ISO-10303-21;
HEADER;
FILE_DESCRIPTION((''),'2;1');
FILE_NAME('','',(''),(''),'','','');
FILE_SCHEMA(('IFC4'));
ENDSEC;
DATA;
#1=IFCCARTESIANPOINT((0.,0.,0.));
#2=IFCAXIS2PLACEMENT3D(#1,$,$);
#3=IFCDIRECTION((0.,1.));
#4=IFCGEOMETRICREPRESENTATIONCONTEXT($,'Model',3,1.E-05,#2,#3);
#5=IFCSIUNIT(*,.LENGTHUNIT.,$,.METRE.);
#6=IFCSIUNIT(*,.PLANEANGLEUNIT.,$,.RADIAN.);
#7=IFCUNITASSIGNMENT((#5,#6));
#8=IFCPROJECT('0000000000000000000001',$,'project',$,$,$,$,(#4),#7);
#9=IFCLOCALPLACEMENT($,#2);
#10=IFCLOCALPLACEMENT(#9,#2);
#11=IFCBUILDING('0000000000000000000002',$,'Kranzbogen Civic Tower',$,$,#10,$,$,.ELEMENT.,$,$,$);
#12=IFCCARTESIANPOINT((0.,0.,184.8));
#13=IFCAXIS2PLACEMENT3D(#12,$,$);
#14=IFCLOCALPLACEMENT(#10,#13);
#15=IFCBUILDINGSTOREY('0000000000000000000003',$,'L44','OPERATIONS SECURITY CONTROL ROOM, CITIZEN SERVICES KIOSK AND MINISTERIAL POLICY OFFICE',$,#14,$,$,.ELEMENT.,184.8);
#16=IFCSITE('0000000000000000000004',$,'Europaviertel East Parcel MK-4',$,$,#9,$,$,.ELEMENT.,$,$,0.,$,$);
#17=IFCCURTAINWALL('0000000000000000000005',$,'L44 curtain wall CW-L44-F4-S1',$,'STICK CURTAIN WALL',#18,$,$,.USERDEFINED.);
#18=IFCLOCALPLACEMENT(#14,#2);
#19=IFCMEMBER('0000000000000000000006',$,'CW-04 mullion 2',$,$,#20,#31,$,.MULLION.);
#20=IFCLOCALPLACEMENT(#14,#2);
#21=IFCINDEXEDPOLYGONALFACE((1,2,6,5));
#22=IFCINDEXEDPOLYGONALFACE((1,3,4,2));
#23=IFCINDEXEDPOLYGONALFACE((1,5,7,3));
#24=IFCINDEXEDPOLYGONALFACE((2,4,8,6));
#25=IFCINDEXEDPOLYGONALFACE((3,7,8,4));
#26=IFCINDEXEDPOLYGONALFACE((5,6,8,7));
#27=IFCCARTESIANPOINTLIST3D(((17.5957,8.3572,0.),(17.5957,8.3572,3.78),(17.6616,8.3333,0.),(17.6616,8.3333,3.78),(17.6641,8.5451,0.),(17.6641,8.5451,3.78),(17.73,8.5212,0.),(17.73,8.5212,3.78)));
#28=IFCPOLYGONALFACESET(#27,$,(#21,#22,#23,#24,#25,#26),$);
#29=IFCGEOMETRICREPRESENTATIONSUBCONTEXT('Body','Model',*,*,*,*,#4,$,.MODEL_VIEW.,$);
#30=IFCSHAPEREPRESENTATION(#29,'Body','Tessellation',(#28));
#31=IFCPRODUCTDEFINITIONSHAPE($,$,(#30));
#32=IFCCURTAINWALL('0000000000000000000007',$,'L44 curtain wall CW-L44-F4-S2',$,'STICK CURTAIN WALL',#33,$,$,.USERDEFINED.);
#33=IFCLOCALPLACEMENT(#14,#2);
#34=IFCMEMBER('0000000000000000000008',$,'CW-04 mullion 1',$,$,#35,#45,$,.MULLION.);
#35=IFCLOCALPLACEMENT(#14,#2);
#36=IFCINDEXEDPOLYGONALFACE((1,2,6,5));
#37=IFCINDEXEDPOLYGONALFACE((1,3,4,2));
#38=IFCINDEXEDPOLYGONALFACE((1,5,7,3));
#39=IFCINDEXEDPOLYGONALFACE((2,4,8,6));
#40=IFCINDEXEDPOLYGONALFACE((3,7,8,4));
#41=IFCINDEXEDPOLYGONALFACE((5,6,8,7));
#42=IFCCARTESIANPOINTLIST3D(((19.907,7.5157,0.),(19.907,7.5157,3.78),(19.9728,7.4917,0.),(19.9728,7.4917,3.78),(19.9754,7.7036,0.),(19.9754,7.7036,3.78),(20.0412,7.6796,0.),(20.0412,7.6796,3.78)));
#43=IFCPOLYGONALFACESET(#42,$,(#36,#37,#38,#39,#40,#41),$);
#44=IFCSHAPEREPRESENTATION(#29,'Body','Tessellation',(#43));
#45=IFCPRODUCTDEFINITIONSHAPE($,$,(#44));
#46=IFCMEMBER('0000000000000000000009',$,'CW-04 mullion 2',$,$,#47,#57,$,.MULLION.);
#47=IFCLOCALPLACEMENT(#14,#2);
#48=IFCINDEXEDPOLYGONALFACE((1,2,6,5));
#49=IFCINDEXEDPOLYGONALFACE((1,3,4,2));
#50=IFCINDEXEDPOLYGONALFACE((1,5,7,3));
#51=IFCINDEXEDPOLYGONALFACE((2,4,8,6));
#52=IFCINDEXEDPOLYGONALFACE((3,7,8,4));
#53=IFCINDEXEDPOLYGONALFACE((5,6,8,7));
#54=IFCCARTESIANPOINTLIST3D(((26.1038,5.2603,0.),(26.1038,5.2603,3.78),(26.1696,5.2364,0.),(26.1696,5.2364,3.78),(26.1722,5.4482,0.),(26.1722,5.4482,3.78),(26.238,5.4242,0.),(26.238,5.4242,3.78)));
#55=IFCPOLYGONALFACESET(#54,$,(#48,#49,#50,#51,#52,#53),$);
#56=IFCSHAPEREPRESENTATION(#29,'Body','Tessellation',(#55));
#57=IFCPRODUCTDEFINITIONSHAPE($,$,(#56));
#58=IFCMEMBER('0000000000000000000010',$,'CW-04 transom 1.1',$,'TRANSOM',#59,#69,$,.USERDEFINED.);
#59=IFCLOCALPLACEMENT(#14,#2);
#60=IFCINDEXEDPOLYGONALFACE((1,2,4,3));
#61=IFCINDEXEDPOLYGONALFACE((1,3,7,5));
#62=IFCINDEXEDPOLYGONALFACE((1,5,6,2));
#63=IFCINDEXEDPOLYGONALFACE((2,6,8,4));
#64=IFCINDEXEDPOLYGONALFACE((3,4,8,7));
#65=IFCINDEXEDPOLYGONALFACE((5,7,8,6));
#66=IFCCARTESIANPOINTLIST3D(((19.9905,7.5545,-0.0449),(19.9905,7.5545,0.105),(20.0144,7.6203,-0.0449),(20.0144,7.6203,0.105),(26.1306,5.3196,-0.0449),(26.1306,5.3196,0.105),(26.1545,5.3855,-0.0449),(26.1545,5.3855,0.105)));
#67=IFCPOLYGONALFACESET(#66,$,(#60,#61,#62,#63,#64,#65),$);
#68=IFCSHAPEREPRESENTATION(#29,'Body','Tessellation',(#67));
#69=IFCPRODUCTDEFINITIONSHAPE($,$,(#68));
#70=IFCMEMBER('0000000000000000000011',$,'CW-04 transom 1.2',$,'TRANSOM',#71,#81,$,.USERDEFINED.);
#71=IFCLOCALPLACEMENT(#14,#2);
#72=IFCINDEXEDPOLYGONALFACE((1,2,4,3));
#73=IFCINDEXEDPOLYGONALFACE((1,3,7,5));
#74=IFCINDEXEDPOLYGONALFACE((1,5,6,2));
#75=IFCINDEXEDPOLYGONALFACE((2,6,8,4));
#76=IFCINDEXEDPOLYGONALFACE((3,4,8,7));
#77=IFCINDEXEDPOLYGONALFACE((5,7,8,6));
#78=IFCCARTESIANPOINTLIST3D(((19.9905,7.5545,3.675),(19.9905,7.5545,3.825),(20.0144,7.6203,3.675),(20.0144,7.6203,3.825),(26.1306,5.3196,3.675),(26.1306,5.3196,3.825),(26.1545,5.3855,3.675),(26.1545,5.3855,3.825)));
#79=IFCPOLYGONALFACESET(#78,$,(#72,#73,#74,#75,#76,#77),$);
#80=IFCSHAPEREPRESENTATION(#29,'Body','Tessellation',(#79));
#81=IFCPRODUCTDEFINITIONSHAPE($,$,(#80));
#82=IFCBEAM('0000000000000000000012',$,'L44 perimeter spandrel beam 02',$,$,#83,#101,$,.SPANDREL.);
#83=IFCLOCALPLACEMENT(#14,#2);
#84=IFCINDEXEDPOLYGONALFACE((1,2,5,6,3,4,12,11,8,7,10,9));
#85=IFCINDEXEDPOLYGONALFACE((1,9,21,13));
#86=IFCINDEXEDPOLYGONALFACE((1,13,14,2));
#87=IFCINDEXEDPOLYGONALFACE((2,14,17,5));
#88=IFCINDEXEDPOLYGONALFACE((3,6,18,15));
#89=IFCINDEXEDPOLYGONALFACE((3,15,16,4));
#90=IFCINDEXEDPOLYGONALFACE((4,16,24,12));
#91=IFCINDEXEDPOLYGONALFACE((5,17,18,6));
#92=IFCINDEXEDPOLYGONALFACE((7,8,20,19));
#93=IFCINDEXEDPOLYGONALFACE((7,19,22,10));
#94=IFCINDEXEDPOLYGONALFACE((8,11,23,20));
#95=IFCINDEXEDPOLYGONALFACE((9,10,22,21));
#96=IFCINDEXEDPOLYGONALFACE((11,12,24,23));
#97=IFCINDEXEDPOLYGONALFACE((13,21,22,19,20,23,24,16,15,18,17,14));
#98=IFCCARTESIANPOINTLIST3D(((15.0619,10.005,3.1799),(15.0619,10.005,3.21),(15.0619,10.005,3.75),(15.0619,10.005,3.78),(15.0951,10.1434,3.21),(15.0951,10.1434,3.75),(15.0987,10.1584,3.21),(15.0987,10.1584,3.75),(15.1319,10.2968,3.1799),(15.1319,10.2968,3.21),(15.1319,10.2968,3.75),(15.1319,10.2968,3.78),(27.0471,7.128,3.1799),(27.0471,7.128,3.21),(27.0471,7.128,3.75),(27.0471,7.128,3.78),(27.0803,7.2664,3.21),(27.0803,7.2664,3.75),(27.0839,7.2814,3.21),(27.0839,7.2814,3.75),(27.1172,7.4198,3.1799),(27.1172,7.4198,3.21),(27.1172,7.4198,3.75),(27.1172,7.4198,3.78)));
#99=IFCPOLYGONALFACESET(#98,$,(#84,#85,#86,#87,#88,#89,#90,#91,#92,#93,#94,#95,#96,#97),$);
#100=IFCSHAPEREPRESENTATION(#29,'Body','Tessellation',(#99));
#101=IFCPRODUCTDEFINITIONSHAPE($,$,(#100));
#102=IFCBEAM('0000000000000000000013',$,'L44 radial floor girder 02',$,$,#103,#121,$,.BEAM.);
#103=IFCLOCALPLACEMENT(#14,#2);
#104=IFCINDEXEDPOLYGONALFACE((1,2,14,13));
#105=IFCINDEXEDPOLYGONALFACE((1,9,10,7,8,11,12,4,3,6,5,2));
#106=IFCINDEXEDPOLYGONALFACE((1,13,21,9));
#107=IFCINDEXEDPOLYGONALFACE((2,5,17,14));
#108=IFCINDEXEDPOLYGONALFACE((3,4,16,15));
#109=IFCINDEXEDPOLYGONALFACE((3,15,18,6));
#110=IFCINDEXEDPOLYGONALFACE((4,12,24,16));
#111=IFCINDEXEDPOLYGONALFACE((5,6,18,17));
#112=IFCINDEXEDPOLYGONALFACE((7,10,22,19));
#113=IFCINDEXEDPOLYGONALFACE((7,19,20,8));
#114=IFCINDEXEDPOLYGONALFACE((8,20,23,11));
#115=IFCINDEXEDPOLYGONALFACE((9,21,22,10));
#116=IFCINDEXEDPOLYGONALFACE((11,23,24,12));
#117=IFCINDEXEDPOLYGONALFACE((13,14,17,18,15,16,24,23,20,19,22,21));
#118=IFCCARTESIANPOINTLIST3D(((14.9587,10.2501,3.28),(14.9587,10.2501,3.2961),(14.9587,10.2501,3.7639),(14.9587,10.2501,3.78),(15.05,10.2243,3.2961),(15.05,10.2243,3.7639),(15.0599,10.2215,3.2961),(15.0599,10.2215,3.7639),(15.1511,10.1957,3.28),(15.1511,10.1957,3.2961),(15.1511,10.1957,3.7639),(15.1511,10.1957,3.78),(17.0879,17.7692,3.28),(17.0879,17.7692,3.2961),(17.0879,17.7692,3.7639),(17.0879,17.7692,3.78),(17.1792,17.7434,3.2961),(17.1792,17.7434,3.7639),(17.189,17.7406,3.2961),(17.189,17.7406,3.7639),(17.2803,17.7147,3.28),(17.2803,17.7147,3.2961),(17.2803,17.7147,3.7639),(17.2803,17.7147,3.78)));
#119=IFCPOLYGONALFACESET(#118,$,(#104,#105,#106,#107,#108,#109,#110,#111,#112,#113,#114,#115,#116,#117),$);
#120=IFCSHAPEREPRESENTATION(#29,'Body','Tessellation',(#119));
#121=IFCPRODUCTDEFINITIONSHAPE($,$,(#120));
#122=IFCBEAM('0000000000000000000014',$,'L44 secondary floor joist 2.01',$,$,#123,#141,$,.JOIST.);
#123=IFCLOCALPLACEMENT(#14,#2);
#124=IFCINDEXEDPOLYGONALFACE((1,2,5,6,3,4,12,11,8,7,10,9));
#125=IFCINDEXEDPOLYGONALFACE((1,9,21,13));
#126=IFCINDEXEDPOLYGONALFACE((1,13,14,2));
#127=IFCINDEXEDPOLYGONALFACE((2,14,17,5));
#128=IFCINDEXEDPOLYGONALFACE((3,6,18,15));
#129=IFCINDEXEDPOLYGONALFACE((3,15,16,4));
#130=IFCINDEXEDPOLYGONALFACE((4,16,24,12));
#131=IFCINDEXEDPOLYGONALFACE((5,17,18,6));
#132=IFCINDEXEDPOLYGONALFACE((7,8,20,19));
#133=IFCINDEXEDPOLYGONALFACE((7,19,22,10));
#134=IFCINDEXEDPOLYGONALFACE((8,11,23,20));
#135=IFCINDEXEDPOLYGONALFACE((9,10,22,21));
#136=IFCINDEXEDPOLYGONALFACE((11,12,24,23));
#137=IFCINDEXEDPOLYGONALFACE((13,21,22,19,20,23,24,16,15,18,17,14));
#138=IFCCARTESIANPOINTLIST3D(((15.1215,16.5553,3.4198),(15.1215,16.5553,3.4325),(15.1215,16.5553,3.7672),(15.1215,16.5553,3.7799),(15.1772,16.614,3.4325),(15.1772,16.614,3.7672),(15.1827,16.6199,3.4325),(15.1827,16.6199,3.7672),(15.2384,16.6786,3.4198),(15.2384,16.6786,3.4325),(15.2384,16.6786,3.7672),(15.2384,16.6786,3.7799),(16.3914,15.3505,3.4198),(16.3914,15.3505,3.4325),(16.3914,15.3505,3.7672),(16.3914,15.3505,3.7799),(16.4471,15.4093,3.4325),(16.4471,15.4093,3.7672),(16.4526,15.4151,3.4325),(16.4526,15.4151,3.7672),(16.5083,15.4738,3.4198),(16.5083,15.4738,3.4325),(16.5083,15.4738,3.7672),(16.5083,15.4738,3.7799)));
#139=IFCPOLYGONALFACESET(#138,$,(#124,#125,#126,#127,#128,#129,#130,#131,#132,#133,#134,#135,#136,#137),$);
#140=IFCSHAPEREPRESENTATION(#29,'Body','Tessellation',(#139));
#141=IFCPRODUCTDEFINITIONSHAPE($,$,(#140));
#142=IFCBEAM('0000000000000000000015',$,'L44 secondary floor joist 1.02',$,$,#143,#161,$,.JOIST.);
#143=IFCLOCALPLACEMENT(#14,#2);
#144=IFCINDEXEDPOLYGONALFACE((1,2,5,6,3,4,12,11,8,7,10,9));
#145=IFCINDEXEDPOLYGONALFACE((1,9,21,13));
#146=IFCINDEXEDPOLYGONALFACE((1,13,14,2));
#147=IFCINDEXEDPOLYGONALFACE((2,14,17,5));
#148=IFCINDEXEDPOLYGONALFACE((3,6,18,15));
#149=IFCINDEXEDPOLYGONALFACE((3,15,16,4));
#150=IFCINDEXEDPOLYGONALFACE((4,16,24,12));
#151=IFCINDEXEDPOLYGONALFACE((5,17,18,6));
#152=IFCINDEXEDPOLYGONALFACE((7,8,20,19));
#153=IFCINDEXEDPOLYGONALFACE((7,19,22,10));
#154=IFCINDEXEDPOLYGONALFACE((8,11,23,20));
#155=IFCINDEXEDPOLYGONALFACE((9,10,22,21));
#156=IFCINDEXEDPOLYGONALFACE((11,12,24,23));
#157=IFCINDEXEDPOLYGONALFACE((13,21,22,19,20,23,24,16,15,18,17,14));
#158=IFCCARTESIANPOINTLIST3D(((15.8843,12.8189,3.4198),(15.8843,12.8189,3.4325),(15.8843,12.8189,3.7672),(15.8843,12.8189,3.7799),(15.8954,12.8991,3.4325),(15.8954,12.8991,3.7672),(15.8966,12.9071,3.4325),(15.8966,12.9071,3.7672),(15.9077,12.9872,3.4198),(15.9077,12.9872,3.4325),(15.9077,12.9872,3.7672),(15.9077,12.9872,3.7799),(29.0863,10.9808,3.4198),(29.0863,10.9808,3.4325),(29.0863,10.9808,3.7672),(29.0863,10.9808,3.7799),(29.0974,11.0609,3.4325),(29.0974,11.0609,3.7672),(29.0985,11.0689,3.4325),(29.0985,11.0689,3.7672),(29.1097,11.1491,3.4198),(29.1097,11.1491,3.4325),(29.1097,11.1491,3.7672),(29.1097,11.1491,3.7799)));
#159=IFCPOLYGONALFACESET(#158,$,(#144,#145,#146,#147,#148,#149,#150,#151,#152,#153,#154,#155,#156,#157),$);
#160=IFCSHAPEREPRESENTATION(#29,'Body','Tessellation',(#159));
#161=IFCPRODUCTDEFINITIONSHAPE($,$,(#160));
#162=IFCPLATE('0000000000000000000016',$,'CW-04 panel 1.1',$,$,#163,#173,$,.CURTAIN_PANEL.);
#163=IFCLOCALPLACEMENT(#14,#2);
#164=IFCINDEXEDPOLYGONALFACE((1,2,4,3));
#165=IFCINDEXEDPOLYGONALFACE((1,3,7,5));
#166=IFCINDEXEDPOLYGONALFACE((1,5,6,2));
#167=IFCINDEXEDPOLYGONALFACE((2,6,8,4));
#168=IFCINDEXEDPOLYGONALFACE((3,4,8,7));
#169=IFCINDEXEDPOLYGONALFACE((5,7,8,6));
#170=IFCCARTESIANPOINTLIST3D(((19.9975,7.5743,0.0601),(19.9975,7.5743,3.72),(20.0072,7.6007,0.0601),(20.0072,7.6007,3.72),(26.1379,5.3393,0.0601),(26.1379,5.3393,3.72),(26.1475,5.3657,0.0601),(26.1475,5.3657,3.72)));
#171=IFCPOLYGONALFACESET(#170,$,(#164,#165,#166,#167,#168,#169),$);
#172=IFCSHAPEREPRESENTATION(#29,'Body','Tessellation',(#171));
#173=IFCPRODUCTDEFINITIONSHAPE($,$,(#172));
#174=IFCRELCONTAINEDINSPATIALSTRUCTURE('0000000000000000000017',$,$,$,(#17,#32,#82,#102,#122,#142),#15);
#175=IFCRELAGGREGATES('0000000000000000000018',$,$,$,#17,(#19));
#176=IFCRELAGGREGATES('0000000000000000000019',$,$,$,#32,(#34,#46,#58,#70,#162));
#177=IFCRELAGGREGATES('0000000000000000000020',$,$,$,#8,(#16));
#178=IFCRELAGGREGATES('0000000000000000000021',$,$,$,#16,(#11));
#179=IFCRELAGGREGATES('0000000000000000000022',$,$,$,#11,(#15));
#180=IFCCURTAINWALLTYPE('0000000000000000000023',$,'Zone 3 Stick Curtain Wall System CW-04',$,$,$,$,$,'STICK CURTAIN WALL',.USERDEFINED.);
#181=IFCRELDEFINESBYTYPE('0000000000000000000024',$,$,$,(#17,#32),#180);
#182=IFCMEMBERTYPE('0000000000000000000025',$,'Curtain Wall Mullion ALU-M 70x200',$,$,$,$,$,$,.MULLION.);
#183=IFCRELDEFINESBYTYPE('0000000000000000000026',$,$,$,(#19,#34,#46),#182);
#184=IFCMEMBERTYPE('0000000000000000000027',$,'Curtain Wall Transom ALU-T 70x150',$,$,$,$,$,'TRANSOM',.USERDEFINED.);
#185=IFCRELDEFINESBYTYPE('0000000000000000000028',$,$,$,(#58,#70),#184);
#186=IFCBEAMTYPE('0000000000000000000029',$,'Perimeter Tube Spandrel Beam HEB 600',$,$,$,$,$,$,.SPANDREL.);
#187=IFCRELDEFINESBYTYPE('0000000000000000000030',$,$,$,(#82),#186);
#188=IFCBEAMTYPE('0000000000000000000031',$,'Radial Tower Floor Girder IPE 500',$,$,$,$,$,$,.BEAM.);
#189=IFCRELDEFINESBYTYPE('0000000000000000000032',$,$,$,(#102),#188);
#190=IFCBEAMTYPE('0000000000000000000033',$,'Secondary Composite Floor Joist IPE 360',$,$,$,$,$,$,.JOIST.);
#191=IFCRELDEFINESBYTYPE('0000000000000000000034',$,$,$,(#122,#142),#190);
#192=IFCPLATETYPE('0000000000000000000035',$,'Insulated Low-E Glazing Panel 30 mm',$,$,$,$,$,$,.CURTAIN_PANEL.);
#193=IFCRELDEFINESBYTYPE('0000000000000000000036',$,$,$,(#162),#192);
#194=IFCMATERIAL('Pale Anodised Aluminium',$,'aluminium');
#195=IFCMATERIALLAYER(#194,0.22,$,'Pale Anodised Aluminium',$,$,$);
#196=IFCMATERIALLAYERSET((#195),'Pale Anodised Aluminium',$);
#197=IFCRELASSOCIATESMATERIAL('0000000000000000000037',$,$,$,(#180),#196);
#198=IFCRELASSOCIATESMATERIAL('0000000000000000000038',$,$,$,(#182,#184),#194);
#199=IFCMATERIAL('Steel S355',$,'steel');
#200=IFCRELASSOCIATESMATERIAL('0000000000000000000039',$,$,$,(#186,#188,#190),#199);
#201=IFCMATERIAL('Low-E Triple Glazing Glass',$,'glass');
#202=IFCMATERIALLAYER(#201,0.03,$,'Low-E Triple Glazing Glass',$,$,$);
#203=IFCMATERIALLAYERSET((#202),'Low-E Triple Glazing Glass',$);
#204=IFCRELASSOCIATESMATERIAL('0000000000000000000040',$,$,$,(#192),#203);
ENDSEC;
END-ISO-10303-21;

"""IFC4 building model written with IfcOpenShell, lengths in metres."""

from ifc_helpers import new_model, si_unit, direction, frame, origin, origin_2d, place, context, subcontext, project, spatial, rectangle, i_section, extrude, material, layer, layer_set, material_profile, profile_set, type_object, element, aggregate, save


model = new_model("IFC4")

# Units and contexts
model_context = context("Model", 3, precision=1e-05, world=origin(), true_north=direction((0.0, 1.0)))
body_context = subcontext(model_context, "Body", "Model", "MODEL_VIEW")
ifc_project = project(units=[si_unit("LENGTHUNIT", "METRE"), si_unit("PLANEANGLEUNIT", "RADIAN")], contexts=[model_context])

# Site, building, storey
site_placement = place(None, origin())
site = spatial("IfcSite", under=ifc_project, at=site_placement, Name="Europaviertel East Parcel MK-4", CompositionType="ELEMENT", RefElevation=0.0)
building_placement = place(site_placement, origin())
building = spatial("IfcBuilding", under=site, at=building_placement, Name="Kranzbogen Civic Tower", CompositionType="ELEMENT")
storey_placement = place(building_placement, frame((0.0, 0.0, 184.8)))
storey = spatial("IfcBuildingStorey", under=building, at=storey_placement, Name="L44", Description="OPERATIONS SECURITY CONTROL ROOM, CITIZEN SERVICES KIOSK AND MINISTERIAL POLICY OFFICE", CompositionType="ELEMENT", Elevation=184.8)

# Curtain wall, member
ifc_material_1 = material(Name="Pale Anodised Aluminium", Category="aluminium")
ifc_layer_1 = layer(ifc_material_1, 0.22, Name="Pale Anodised Aluminium")
ifc_layer_set_1 = layer_set([ifc_layer_1], Name="Pale Anodised Aluminium")
curtain_wall_type = type_object("IfcCurtainWallType", Name="Zone 3 Stick Curtain Wall System CW-04", ElementType="STICK CURTAIN WALL", PredefinedType="USERDEFINED", material=ifc_layer_set_1)
curtain_wall_1_placement = place(storey_placement, origin())
curtain_wall_1 = element("IfcCurtainWall", 1, at=curtain_wall_1_placement, inside=storey, type_object=curtain_wall_type, Name="L44 curtain wall CW-L44-F4-S1", ObjectType="STICK CURTAIN WALL", PredefinedType="USERDEFINED")
ifc_material_profile_1 = material_profile(ifc_material_1, rectangle(XDim=0.0701, YDim=0.2, at=origin_2d()), Name="ALU-M 70x200")
ifc_profile_set_1 = profile_set([ifc_material_profile_1], Name="Pale Anodised Aluminium")
member_type_1 = type_object("IfcMemberType", Name="Curtain Wall Mullion ALU-M 70x200", PredefinedType="MULLION", material=ifc_profile_set_1)
member_1_placement = place(storey_placement, frame((17.6628, 8.4392, 0.0), z_axis=(0.0, 0.0, 1.0), x_axis=(0.93967, -0.342081, 0.0)))
member_1 = element("IfcMember", 2, at=member_1_placement, type_object=member_type_1, Name="CW-04 mullion 2", PredefinedType="MULLION", context=body_context, shape_type="SweptSolid", body=[
    extrude(rectangle(XDim=0.0701, YDim=0.2, at=origin_2d()), origin(), (0.0, 0.0, 1.0), 3.78),
])
aggregate(curtain_wall_1, [member_1])

# Curtain wall, members
curtain_wall_2_placement = place(storey_placement, origin())
curtain_wall_2 = element("IfcCurtainWall", 3, at=curtain_wall_2_placement, inside=storey, type_object=curtain_wall_type, Name="L44 curtain wall CW-L44-F4-S2", ObjectType="STICK CURTAIN WALL", PredefinedType="USERDEFINED")
member_2_placement = place(storey_placement, frame((19.9741, 7.5977, 0.0), z_axis=(0.0, 0.0, 1.0), x_axis=(0.939688, -0.342033, 0.0)))
member_2 = element("IfcMember", 4, at=member_2_placement, type_object=member_type_1, Name="CW-04 mullion 1", PredefinedType="MULLION", context=body_context, shape_type="SweptSolid", body=[
    extrude(rectangle(XDim=0.0701, YDim=0.2, at=origin_2d()), origin(), (0.0, 0.0, 1.0), 3.78),
])
member_3_placement = place(storey_placement, frame((26.1709, 5.3423, 0.0), z_axis=(0.0, 0.0, 1.0), x_axis=(0.939688, -0.342033, 0.0)))
member_3 = element("IfcMember", 5, at=member_3_placement, type_object=member_type_1, Name="CW-04 mullion 2", PredefinedType="MULLION", context=body_context, shape_type="SweptSolid", body=[
    extrude(rectangle(XDim=0.0701, YDim=0.2, at=origin_2d()), origin(), (0.0, 0.0, 1.0), 3.78),
])
ifc_material_profile_2 = material_profile(ifc_material_1, rectangle(XDim=0.0701, YDim=0.1499, at=origin_2d()), Name="ALU-T 70x150")
ifc_profile_set_2 = profile_set([ifc_material_profile_2], Name="Pale Anodised Aluminium")
member_type_2 = type_object("IfcMemberType", Name="Curtain Wall Transom ALU-T 70x150", ElementType="TRANSOM", PredefinedType="USERDEFINED", material=ifc_profile_set_2)
member_4_placement = place(storey_placement, frame((20.0024, 7.5874, 0.03), z_axis=(0.939691, -0.342025, 0.0), x_axis=(0.342025, 0.939691, 0.0)))
member_4 = element("IfcMember", 6, at=member_4_placement, type_object=member_type_2, Name="CW-04 transom 1.1", ObjectType="TRANSOM", PredefinedType="USERDEFINED", context=body_context, shape_type="SweptSolid", body=[
    extrude(rectangle(XDim=0.0701, YDim=0.1499, at=origin_2d()), origin(), (0.0, 0.0, 1.0), 6.5342),
])
member_5_placement = place(storey_placement, frame((20.0024, 7.5874, 3.75), z_axis=(0.939691, -0.342025, 0.0), x_axis=(0.342025, 0.939691, 0.0)))
member_5 = element("IfcMember", 7, at=member_5_placement, type_object=member_type_2, Name="CW-04 transom 1.2", ObjectType="TRANSOM", PredefinedType="USERDEFINED", context=body_context, shape_type="SweptSolid", body=[
    extrude(rectangle(XDim=0.0701, YDim=0.1499, at=origin_2d()), origin(), (0.0, 0.0, 1.0), 6.5342),
])

# Beams
ifc_material_2 = material(Name="Steel S355", Category="steel")
ifc_material_profile_3 = material_profile(ifc_material_2, i_section(OverallWidth=0.3, OverallDepth=0.6001, WebThickness=0.0154, FlangeThickness=0.03, at=origin_2d()), Name="HEB 600")
ifc_profile_set_3 = profile_set([ifc_material_profile_3], Name="Steel S355")
beam_type_1 = type_object("IfcBeamType", Name="Perimeter Tube Spandrel Beam HEB 600", PredefinedType="SPANDREL", material=ifc_profile_set_3)
beam_1_placement = place(storey_placement, frame((15.0969, 10.1509, 3.48), z_axis=(0.972378, -0.233413, 0.0), x_axis=(0.233413, 0.972378, 0.0)))
element("IfcBeam", 8, at=beam_1_placement, inside=storey, type_object=beam_type_1, Name="L44 perimeter spandrel beam 02", PredefinedType="SPANDREL", context=body_context, shape_type="SweptSolid", body=[
    extrude(i_section(OverallWidth=0.3, OverallDepth=0.6001, WebThickness=0.0154, FlangeThickness=0.03, at=origin_2d()), origin(), (0.0, 0.0, 1.0), 12.3257),
])
ifc_material_profile_4 = material_profile(ifc_material_2, i_section(OverallWidth=0.2, OverallDepth=0.5, WebThickness=0.0103, FlangeThickness=0.0161, at=origin_2d()), Name="IPE 500")
ifc_profile_set_4 = profile_set([ifc_material_profile_4], Name="Steel S355")
beam_type_2 = type_object("IfcBeamType", Name="Radial Tower Floor Girder IPE 500", PredefinedType="BEAM", material=ifc_profile_set_4)
beam_2_placement = place(storey_placement, frame((15.0549, 10.2229, 3.53), z_axis=(0.272455, 0.962169, 0.0), x_axis=(-0.962169, 0.272455, 0.0)))
element("IfcBeam", 9, at=beam_2_placement, inside=storey, type_object=beam_type_2, Name="L44 radial floor girder 02", PredefinedType="BEAM", context=body_context, shape_type="SweptSolid", body=[
    extrude(i_section(OverallWidth=0.2, OverallDepth=0.5, WebThickness=0.0103, FlangeThickness=0.0161, at=origin_2d()), origin(), (0.0, 0.0, 1.0), 7.8147),
])
ifc_material_profile_5 = material_profile(ifc_material_2, i_section(OverallWidth=0.1699, OverallDepth=0.3601, WebThickness=0.0081, FlangeThickness=0.0127, at=origin_2d()), Name="IPE 360")
ifc_profile_set_5 = profile_set([ifc_material_profile_5], Name="Steel S355")
beam_type_3 = type_object("IfcBeamType", Name="Secondary Composite Floor Joist IPE 360", PredefinedType="JOIST", material=ifc_profile_set_5)
beam_3_placement = place(storey_placement, frame((15.1799, 16.6169, 3.5999), z_axis=(0.72548, -0.688243, 0.0), x_axis=(0.688243, 0.72548, 0.0)))
element("IfcBeam", 10, at=beam_3_placement, inside=storey, type_object=beam_type_3, Name="L44 secondary floor joist 2.01", PredefinedType="JOIST", context=body_context, shape_type="SweptSolid", body=[
    extrude(i_section(OverallWidth=0.1699, OverallDepth=0.3601, WebThickness=0.0081, FlangeThickness=0.0127, at=origin_2d()), origin(), (0.0, 0.0, 1.0), 1.7505),
])
beam_4_placement = place(storey_placement, frame((15.896, 12.9031, 3.5999), z_axis=(0.990446, -0.137902, 0.0), x_axis=(0.137902, 0.990446, 0.0)))
element("IfcBeam", 11, at=beam_4_placement, inside=storey, type_object=beam_type_3, Name="L44 secondary floor joist 1.02", PredefinedType="JOIST", context=body_context, shape_type="SweptSolid", body=[
    extrude(i_section(OverallWidth=0.1699, OverallDepth=0.3601, WebThickness=0.0081, FlangeThickness=0.0127, at=origin_2d()), origin(), (0.0, 0.0, 1.0), 13.3293),
])

# Plate
ifc_material_3 = material(Name="Low-E Triple Glazing Glass", Category="glass")
ifc_layer_2 = layer(ifc_material_3, 0.03, Name="Low-E Triple Glazing Glass")
ifc_layer_set_2 = layer_set([ifc_layer_2], Name="Low-E Triple Glazing Glass")
plate_type = type_object("IfcPlateType", Name="Insulated Low-E Glazing Panel 30 mm", PredefinedType="CURTAIN_PANEL", material=ifc_layer_set_2)
plate_placement = place(storey_placement, frame((23.0725, 6.47, 0.0601), z_axis=(0.0, 0.0, 1.0), x_axis=(0.939688, -0.342033, 0.0)))
plate = element("IfcPlate", 12, at=plate_placement, type_object=plate_type, Name="CW-04 panel 1.1", PredefinedType="CURTAIN_PANEL", context=body_context, shape_type="SweptSolid", body=[
    extrude(rectangle(XDim=6.5344, YDim=0.0281, at=origin_2d()), origin(), (0.0, 0.0, 1.0), 3.6599),
])
aggregate(curtain_wall_2, [member_2, member_3, member_4, member_5, plate])

save(model, "model.ifc")
